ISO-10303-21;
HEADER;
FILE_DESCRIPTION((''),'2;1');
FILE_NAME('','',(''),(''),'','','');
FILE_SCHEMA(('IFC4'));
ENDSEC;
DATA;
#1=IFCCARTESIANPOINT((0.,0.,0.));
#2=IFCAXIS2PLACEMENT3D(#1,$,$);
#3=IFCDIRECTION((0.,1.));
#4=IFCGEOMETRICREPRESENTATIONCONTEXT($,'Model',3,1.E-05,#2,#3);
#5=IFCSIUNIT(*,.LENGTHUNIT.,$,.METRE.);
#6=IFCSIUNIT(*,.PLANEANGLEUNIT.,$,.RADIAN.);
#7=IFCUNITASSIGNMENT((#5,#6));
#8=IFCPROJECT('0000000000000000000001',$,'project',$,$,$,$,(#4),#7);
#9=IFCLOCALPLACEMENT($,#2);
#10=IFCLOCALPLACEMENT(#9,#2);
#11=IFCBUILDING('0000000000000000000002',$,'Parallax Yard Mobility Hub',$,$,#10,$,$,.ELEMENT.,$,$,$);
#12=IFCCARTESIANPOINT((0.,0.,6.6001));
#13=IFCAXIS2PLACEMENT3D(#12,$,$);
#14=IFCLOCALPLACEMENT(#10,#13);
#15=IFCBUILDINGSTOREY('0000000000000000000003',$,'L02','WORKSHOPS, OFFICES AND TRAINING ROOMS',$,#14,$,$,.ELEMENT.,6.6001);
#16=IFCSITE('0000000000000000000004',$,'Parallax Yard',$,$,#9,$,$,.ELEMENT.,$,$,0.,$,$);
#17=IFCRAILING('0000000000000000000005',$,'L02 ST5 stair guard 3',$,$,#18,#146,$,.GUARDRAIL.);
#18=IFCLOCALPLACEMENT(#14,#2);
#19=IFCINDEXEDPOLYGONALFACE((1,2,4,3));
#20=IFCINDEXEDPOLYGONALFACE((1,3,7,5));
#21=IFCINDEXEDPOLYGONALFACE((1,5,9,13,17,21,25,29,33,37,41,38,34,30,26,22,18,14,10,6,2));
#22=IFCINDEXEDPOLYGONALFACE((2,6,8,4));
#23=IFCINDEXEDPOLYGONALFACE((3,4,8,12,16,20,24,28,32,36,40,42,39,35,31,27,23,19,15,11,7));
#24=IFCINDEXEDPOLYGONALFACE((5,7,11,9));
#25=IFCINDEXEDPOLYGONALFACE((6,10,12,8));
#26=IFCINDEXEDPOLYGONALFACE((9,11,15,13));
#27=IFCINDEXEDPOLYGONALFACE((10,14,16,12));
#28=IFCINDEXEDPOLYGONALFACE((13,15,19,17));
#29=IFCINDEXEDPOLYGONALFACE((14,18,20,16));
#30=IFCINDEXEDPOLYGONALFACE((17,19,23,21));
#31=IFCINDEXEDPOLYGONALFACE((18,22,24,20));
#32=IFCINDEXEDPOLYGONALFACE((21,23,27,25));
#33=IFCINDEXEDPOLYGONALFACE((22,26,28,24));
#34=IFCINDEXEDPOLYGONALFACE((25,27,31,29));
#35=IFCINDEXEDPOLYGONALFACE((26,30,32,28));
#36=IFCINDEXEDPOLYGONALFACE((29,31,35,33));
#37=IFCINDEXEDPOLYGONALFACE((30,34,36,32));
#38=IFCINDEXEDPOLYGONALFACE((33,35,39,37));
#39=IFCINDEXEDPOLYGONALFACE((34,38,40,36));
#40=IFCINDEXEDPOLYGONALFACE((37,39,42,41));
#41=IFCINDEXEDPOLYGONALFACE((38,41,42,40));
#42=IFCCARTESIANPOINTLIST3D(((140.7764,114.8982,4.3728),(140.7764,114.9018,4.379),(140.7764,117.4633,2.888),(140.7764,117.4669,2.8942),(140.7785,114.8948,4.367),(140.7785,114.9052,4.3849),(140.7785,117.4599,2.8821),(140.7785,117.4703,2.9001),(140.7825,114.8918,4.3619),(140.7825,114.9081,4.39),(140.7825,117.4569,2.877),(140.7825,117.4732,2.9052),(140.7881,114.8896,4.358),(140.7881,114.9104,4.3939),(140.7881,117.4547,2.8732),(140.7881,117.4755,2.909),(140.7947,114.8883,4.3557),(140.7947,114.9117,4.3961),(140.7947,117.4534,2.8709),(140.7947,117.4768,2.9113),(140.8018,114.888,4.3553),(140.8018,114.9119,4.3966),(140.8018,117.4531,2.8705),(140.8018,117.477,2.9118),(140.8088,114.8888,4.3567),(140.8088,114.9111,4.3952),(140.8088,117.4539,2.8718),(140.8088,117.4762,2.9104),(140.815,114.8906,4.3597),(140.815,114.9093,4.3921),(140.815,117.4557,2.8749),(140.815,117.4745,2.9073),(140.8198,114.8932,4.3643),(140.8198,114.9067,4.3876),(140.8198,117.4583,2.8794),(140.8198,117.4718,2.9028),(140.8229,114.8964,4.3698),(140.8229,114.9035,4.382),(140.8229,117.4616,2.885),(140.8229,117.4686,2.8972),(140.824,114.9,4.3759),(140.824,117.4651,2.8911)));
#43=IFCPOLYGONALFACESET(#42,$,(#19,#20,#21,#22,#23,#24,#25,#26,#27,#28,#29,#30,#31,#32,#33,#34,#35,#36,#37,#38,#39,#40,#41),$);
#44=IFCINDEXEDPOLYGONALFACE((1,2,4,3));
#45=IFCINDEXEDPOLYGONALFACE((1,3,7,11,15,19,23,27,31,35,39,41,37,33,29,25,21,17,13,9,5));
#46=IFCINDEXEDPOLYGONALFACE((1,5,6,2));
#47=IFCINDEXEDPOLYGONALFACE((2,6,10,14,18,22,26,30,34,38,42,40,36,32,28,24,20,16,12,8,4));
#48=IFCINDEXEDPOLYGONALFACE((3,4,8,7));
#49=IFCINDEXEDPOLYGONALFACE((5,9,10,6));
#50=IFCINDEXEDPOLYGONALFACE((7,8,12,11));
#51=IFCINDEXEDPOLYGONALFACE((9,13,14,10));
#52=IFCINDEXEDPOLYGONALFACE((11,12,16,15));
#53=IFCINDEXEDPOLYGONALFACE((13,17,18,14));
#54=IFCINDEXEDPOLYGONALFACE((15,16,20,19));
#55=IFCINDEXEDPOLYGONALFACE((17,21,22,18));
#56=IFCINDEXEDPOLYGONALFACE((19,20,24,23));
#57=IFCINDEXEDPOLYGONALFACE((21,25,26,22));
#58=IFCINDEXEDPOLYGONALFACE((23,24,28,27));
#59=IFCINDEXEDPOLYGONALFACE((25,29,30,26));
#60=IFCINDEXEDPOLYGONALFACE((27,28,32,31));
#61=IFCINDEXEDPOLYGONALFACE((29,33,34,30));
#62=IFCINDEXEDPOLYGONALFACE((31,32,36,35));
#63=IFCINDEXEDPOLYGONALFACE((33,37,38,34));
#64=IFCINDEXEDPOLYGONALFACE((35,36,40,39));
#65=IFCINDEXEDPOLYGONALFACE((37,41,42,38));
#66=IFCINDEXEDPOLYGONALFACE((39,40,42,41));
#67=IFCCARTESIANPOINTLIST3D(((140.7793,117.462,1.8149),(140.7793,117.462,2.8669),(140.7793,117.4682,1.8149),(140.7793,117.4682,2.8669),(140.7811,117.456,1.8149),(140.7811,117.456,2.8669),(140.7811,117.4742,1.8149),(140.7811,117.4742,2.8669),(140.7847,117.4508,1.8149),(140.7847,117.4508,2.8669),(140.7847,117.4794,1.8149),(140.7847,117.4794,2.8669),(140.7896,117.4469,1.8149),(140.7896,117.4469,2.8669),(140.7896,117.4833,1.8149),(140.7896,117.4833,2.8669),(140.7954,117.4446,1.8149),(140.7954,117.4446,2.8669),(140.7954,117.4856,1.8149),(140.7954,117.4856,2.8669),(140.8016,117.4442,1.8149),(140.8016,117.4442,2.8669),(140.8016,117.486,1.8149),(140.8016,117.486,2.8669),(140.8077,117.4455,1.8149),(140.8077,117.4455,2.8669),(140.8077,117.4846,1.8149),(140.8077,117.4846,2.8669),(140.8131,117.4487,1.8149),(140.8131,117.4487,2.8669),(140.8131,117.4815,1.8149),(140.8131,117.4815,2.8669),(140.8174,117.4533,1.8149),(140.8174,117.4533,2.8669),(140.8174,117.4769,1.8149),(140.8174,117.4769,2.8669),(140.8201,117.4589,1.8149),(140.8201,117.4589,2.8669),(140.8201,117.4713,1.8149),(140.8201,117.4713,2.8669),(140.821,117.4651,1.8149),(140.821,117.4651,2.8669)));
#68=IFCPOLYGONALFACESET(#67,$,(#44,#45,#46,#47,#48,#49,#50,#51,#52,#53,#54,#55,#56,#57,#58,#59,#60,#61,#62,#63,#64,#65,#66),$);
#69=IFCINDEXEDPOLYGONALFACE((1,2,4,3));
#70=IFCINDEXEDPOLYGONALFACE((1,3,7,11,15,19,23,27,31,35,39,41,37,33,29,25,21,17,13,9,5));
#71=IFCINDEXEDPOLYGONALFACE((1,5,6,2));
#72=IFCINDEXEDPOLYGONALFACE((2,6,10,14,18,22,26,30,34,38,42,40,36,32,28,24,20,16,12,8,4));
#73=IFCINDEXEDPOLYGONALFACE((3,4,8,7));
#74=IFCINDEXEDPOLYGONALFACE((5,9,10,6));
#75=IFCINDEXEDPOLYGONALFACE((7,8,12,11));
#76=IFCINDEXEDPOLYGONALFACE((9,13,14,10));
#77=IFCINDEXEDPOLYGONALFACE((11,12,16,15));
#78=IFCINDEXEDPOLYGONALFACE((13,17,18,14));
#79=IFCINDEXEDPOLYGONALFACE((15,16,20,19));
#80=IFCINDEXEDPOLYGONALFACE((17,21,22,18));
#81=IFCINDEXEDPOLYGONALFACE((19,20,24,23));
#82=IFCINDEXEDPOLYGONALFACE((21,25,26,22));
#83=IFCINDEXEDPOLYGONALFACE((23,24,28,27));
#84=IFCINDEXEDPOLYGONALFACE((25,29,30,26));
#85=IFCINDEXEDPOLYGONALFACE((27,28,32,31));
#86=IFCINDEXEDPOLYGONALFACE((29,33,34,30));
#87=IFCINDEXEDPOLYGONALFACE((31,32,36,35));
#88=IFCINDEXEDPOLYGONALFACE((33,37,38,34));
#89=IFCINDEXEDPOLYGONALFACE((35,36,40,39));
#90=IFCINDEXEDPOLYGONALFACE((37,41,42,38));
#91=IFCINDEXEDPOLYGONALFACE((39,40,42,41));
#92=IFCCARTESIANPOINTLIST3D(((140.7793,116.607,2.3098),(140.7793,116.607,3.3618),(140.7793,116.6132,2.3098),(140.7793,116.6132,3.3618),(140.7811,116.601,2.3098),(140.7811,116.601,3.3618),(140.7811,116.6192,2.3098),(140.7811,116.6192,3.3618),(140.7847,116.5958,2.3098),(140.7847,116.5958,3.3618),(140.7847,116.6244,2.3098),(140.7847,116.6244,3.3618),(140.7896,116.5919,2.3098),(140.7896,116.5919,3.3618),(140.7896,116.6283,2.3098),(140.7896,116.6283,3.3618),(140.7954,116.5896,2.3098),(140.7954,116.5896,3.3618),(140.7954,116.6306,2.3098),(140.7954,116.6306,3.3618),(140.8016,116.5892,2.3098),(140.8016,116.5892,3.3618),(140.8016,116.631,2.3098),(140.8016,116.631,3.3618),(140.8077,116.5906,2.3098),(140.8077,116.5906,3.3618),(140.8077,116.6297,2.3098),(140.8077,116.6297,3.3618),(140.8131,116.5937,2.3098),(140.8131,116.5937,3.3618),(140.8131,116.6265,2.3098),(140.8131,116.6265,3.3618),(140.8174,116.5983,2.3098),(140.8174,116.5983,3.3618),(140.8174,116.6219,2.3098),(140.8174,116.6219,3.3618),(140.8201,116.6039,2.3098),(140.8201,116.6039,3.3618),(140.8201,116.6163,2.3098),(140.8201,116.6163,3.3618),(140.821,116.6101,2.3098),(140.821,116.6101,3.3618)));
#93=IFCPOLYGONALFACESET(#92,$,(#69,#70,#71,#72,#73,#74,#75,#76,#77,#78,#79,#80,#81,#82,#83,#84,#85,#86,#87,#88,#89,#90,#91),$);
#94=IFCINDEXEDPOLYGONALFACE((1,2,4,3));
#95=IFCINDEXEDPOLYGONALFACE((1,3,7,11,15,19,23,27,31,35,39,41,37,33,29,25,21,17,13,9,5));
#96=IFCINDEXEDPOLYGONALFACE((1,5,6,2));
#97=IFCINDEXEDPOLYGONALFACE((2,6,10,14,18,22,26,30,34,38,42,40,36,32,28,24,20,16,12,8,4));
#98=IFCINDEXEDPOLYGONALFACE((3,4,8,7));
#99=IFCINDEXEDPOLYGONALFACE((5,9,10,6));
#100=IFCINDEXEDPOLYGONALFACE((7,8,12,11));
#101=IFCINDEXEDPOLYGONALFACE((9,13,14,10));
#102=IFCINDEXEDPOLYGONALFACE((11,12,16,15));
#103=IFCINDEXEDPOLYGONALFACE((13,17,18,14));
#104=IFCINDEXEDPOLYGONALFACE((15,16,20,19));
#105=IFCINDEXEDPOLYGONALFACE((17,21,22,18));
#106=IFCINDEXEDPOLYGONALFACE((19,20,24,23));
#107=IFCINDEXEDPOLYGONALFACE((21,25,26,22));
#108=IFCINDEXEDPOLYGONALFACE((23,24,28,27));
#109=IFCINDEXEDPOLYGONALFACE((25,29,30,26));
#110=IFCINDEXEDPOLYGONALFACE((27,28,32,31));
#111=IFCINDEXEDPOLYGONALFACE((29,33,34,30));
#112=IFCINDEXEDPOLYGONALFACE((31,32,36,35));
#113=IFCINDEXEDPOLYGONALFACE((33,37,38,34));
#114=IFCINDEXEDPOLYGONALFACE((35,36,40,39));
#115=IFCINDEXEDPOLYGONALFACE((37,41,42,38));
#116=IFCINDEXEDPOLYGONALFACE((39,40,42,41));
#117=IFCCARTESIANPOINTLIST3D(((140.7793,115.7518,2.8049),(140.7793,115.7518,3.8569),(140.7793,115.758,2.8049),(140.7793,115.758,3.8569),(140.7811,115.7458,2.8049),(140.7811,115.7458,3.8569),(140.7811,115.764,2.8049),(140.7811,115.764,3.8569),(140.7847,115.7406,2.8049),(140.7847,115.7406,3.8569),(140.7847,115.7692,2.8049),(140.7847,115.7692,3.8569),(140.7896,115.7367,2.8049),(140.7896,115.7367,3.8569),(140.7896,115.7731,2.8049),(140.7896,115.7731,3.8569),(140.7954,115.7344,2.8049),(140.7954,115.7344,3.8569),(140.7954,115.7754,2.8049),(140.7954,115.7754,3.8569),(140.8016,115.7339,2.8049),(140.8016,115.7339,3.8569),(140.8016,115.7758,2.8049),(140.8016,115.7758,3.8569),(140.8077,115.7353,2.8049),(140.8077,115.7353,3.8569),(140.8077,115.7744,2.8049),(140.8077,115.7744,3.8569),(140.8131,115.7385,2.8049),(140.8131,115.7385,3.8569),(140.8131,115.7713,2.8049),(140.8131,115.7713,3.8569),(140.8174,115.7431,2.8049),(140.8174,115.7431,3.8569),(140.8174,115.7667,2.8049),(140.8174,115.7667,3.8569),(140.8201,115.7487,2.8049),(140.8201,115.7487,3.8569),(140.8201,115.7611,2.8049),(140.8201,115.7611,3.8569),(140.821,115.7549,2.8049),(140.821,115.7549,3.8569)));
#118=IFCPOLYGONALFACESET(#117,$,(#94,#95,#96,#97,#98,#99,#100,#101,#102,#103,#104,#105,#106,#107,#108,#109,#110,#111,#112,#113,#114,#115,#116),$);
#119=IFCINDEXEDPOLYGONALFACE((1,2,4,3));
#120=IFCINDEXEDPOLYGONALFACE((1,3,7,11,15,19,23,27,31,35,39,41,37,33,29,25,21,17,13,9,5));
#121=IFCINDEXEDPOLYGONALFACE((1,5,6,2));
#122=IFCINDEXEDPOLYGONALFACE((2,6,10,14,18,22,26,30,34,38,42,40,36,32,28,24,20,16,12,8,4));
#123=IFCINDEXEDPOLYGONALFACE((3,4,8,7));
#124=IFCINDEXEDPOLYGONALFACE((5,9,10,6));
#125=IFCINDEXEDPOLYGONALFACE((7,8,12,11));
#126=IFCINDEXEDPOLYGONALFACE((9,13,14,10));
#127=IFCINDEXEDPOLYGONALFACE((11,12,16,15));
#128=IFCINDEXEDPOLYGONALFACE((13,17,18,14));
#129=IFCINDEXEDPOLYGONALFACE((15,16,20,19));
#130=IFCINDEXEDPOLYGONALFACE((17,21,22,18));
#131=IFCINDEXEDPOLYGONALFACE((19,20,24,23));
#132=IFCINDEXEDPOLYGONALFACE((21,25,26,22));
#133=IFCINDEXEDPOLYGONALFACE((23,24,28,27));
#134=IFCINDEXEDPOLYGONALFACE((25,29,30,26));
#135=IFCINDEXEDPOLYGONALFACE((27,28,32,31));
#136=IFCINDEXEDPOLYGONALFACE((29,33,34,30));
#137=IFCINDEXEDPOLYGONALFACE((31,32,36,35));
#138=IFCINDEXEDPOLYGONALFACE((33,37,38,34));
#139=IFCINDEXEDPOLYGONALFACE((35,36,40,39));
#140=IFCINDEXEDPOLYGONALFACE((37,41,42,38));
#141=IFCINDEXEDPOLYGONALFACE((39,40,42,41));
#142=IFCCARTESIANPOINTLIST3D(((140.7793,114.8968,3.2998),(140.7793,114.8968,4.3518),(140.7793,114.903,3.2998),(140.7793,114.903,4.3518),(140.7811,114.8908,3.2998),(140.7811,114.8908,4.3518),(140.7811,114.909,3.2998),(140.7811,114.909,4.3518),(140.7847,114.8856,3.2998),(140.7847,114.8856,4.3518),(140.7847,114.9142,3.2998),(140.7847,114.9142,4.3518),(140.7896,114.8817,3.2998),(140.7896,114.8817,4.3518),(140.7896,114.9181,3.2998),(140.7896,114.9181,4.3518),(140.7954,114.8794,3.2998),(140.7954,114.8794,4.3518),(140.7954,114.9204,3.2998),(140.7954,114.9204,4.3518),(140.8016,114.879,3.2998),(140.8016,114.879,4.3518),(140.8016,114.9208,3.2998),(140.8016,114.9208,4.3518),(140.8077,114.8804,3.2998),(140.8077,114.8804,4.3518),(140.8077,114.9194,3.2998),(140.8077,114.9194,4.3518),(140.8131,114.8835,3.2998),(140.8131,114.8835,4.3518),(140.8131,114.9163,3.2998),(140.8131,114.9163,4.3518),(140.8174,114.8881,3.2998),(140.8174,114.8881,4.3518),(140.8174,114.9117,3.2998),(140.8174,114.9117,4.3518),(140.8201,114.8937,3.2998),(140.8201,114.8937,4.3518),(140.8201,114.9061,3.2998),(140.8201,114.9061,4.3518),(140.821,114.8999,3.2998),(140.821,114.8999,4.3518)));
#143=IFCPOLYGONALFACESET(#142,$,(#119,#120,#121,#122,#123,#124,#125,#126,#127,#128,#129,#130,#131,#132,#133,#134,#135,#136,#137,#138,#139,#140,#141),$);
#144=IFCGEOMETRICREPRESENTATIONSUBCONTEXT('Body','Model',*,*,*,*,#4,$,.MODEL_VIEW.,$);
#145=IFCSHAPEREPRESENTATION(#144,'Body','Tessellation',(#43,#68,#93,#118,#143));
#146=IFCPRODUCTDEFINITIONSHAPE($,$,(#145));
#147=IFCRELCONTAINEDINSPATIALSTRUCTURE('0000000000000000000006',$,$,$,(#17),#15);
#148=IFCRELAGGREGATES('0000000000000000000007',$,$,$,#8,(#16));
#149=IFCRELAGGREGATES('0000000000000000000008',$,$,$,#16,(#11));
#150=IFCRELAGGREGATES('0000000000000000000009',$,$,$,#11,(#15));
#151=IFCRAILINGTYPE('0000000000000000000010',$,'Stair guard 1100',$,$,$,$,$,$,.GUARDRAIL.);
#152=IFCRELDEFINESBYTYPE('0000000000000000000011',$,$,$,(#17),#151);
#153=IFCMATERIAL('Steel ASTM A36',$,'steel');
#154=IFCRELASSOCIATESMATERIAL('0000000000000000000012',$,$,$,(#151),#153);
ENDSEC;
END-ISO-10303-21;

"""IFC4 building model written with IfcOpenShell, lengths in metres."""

from ifc_helpers import new_model, si_unit, direction, frame, origin, origin_2d, place, context, subcontext, project, spatial, circle, extrude, material, type_object, element, save


model = new_model("IFC4")

# Units and contexts
model_context = context("Model", 3, precision=1e-05, world=origin(), true_north=direction((0.0, 1.0)))
body_context = subcontext(model_context, "Body", "Model", "MODEL_VIEW")
ifc_project = project(units=[si_unit("LENGTHUNIT", "METRE"), si_unit("PLANEANGLEUNIT", "RADIAN")], contexts=[model_context])

# Site, building, storey
site_placement = place(None, origin())
site = spatial("IfcSite", under=ifc_project, at=site_placement, Name="Parallax Yard", CompositionType="ELEMENT", RefElevation=0.0)
building_placement = place(site_placement, origin())
building = spatial("IfcBuilding", under=site, at=building_placement, Name="Parallax Yard Mobility Hub", CompositionType="ELEMENT")
storey_placement = place(building_placement, frame((0.0, 0.0, 6.6001)))
storey = spatial("IfcBuildingStorey", under=building, at=storey_placement, Name="L02", Description="WORKSHOPS, OFFICES AND TRAINING ROOMS", CompositionType="ELEMENT", Elevation=6.6001)

# Railing
ifc_material_1 = material(Name="Steel ASTM A36", Category="steel")
railing_type_1 = type_object("IfcRailingType", Name="Stair guard 1100", PredefinedType="GUARDRAIL", material=ifc_material_1)
railing_1_placement = place(storey_placement, frame((140.8, 117.4651, 1.8149)))
element("IfcRailing", 1, at=railing_1_placement, inside=storey, type_object=railing_type_1, Name="L02 ST5 stair guard 3", PredefinedType="GUARDRAIL", context=body_context, shape_type="SweptSolid", body=[
    extrude(circle(Radius=0.0239, at=origin_2d()), frame((0.0, 0.0, 1.0762), z_axis=(0.0, -0.865462, 0.500975), x_axis=(1.0, 0.0, 0.0)), (0.0, 0.0, 1.0), 2.9639),
    extrude(circle(Radius=0.021, at=origin_2d()), origin(), (0.0, 0.0, 1.0), 1.052),
    extrude(circle(Radius=0.021, at=origin_2d()), frame((0.0, -0.855, 0.4949)), (0.0, 0.0, 1.0), 1.052),
    extrude(circle(Radius=0.021, at=origin_2d()), frame((0.0, -1.7102, 0.99)), (0.0, 0.0, 1.0), 1.052),
    extrude(circle(Radius=0.021, at=origin_2d()), frame((0.0, -2.5652, 1.4849)), (0.0, 0.0, 1.0), 1.052),
])

save(model, "model.ifc")
